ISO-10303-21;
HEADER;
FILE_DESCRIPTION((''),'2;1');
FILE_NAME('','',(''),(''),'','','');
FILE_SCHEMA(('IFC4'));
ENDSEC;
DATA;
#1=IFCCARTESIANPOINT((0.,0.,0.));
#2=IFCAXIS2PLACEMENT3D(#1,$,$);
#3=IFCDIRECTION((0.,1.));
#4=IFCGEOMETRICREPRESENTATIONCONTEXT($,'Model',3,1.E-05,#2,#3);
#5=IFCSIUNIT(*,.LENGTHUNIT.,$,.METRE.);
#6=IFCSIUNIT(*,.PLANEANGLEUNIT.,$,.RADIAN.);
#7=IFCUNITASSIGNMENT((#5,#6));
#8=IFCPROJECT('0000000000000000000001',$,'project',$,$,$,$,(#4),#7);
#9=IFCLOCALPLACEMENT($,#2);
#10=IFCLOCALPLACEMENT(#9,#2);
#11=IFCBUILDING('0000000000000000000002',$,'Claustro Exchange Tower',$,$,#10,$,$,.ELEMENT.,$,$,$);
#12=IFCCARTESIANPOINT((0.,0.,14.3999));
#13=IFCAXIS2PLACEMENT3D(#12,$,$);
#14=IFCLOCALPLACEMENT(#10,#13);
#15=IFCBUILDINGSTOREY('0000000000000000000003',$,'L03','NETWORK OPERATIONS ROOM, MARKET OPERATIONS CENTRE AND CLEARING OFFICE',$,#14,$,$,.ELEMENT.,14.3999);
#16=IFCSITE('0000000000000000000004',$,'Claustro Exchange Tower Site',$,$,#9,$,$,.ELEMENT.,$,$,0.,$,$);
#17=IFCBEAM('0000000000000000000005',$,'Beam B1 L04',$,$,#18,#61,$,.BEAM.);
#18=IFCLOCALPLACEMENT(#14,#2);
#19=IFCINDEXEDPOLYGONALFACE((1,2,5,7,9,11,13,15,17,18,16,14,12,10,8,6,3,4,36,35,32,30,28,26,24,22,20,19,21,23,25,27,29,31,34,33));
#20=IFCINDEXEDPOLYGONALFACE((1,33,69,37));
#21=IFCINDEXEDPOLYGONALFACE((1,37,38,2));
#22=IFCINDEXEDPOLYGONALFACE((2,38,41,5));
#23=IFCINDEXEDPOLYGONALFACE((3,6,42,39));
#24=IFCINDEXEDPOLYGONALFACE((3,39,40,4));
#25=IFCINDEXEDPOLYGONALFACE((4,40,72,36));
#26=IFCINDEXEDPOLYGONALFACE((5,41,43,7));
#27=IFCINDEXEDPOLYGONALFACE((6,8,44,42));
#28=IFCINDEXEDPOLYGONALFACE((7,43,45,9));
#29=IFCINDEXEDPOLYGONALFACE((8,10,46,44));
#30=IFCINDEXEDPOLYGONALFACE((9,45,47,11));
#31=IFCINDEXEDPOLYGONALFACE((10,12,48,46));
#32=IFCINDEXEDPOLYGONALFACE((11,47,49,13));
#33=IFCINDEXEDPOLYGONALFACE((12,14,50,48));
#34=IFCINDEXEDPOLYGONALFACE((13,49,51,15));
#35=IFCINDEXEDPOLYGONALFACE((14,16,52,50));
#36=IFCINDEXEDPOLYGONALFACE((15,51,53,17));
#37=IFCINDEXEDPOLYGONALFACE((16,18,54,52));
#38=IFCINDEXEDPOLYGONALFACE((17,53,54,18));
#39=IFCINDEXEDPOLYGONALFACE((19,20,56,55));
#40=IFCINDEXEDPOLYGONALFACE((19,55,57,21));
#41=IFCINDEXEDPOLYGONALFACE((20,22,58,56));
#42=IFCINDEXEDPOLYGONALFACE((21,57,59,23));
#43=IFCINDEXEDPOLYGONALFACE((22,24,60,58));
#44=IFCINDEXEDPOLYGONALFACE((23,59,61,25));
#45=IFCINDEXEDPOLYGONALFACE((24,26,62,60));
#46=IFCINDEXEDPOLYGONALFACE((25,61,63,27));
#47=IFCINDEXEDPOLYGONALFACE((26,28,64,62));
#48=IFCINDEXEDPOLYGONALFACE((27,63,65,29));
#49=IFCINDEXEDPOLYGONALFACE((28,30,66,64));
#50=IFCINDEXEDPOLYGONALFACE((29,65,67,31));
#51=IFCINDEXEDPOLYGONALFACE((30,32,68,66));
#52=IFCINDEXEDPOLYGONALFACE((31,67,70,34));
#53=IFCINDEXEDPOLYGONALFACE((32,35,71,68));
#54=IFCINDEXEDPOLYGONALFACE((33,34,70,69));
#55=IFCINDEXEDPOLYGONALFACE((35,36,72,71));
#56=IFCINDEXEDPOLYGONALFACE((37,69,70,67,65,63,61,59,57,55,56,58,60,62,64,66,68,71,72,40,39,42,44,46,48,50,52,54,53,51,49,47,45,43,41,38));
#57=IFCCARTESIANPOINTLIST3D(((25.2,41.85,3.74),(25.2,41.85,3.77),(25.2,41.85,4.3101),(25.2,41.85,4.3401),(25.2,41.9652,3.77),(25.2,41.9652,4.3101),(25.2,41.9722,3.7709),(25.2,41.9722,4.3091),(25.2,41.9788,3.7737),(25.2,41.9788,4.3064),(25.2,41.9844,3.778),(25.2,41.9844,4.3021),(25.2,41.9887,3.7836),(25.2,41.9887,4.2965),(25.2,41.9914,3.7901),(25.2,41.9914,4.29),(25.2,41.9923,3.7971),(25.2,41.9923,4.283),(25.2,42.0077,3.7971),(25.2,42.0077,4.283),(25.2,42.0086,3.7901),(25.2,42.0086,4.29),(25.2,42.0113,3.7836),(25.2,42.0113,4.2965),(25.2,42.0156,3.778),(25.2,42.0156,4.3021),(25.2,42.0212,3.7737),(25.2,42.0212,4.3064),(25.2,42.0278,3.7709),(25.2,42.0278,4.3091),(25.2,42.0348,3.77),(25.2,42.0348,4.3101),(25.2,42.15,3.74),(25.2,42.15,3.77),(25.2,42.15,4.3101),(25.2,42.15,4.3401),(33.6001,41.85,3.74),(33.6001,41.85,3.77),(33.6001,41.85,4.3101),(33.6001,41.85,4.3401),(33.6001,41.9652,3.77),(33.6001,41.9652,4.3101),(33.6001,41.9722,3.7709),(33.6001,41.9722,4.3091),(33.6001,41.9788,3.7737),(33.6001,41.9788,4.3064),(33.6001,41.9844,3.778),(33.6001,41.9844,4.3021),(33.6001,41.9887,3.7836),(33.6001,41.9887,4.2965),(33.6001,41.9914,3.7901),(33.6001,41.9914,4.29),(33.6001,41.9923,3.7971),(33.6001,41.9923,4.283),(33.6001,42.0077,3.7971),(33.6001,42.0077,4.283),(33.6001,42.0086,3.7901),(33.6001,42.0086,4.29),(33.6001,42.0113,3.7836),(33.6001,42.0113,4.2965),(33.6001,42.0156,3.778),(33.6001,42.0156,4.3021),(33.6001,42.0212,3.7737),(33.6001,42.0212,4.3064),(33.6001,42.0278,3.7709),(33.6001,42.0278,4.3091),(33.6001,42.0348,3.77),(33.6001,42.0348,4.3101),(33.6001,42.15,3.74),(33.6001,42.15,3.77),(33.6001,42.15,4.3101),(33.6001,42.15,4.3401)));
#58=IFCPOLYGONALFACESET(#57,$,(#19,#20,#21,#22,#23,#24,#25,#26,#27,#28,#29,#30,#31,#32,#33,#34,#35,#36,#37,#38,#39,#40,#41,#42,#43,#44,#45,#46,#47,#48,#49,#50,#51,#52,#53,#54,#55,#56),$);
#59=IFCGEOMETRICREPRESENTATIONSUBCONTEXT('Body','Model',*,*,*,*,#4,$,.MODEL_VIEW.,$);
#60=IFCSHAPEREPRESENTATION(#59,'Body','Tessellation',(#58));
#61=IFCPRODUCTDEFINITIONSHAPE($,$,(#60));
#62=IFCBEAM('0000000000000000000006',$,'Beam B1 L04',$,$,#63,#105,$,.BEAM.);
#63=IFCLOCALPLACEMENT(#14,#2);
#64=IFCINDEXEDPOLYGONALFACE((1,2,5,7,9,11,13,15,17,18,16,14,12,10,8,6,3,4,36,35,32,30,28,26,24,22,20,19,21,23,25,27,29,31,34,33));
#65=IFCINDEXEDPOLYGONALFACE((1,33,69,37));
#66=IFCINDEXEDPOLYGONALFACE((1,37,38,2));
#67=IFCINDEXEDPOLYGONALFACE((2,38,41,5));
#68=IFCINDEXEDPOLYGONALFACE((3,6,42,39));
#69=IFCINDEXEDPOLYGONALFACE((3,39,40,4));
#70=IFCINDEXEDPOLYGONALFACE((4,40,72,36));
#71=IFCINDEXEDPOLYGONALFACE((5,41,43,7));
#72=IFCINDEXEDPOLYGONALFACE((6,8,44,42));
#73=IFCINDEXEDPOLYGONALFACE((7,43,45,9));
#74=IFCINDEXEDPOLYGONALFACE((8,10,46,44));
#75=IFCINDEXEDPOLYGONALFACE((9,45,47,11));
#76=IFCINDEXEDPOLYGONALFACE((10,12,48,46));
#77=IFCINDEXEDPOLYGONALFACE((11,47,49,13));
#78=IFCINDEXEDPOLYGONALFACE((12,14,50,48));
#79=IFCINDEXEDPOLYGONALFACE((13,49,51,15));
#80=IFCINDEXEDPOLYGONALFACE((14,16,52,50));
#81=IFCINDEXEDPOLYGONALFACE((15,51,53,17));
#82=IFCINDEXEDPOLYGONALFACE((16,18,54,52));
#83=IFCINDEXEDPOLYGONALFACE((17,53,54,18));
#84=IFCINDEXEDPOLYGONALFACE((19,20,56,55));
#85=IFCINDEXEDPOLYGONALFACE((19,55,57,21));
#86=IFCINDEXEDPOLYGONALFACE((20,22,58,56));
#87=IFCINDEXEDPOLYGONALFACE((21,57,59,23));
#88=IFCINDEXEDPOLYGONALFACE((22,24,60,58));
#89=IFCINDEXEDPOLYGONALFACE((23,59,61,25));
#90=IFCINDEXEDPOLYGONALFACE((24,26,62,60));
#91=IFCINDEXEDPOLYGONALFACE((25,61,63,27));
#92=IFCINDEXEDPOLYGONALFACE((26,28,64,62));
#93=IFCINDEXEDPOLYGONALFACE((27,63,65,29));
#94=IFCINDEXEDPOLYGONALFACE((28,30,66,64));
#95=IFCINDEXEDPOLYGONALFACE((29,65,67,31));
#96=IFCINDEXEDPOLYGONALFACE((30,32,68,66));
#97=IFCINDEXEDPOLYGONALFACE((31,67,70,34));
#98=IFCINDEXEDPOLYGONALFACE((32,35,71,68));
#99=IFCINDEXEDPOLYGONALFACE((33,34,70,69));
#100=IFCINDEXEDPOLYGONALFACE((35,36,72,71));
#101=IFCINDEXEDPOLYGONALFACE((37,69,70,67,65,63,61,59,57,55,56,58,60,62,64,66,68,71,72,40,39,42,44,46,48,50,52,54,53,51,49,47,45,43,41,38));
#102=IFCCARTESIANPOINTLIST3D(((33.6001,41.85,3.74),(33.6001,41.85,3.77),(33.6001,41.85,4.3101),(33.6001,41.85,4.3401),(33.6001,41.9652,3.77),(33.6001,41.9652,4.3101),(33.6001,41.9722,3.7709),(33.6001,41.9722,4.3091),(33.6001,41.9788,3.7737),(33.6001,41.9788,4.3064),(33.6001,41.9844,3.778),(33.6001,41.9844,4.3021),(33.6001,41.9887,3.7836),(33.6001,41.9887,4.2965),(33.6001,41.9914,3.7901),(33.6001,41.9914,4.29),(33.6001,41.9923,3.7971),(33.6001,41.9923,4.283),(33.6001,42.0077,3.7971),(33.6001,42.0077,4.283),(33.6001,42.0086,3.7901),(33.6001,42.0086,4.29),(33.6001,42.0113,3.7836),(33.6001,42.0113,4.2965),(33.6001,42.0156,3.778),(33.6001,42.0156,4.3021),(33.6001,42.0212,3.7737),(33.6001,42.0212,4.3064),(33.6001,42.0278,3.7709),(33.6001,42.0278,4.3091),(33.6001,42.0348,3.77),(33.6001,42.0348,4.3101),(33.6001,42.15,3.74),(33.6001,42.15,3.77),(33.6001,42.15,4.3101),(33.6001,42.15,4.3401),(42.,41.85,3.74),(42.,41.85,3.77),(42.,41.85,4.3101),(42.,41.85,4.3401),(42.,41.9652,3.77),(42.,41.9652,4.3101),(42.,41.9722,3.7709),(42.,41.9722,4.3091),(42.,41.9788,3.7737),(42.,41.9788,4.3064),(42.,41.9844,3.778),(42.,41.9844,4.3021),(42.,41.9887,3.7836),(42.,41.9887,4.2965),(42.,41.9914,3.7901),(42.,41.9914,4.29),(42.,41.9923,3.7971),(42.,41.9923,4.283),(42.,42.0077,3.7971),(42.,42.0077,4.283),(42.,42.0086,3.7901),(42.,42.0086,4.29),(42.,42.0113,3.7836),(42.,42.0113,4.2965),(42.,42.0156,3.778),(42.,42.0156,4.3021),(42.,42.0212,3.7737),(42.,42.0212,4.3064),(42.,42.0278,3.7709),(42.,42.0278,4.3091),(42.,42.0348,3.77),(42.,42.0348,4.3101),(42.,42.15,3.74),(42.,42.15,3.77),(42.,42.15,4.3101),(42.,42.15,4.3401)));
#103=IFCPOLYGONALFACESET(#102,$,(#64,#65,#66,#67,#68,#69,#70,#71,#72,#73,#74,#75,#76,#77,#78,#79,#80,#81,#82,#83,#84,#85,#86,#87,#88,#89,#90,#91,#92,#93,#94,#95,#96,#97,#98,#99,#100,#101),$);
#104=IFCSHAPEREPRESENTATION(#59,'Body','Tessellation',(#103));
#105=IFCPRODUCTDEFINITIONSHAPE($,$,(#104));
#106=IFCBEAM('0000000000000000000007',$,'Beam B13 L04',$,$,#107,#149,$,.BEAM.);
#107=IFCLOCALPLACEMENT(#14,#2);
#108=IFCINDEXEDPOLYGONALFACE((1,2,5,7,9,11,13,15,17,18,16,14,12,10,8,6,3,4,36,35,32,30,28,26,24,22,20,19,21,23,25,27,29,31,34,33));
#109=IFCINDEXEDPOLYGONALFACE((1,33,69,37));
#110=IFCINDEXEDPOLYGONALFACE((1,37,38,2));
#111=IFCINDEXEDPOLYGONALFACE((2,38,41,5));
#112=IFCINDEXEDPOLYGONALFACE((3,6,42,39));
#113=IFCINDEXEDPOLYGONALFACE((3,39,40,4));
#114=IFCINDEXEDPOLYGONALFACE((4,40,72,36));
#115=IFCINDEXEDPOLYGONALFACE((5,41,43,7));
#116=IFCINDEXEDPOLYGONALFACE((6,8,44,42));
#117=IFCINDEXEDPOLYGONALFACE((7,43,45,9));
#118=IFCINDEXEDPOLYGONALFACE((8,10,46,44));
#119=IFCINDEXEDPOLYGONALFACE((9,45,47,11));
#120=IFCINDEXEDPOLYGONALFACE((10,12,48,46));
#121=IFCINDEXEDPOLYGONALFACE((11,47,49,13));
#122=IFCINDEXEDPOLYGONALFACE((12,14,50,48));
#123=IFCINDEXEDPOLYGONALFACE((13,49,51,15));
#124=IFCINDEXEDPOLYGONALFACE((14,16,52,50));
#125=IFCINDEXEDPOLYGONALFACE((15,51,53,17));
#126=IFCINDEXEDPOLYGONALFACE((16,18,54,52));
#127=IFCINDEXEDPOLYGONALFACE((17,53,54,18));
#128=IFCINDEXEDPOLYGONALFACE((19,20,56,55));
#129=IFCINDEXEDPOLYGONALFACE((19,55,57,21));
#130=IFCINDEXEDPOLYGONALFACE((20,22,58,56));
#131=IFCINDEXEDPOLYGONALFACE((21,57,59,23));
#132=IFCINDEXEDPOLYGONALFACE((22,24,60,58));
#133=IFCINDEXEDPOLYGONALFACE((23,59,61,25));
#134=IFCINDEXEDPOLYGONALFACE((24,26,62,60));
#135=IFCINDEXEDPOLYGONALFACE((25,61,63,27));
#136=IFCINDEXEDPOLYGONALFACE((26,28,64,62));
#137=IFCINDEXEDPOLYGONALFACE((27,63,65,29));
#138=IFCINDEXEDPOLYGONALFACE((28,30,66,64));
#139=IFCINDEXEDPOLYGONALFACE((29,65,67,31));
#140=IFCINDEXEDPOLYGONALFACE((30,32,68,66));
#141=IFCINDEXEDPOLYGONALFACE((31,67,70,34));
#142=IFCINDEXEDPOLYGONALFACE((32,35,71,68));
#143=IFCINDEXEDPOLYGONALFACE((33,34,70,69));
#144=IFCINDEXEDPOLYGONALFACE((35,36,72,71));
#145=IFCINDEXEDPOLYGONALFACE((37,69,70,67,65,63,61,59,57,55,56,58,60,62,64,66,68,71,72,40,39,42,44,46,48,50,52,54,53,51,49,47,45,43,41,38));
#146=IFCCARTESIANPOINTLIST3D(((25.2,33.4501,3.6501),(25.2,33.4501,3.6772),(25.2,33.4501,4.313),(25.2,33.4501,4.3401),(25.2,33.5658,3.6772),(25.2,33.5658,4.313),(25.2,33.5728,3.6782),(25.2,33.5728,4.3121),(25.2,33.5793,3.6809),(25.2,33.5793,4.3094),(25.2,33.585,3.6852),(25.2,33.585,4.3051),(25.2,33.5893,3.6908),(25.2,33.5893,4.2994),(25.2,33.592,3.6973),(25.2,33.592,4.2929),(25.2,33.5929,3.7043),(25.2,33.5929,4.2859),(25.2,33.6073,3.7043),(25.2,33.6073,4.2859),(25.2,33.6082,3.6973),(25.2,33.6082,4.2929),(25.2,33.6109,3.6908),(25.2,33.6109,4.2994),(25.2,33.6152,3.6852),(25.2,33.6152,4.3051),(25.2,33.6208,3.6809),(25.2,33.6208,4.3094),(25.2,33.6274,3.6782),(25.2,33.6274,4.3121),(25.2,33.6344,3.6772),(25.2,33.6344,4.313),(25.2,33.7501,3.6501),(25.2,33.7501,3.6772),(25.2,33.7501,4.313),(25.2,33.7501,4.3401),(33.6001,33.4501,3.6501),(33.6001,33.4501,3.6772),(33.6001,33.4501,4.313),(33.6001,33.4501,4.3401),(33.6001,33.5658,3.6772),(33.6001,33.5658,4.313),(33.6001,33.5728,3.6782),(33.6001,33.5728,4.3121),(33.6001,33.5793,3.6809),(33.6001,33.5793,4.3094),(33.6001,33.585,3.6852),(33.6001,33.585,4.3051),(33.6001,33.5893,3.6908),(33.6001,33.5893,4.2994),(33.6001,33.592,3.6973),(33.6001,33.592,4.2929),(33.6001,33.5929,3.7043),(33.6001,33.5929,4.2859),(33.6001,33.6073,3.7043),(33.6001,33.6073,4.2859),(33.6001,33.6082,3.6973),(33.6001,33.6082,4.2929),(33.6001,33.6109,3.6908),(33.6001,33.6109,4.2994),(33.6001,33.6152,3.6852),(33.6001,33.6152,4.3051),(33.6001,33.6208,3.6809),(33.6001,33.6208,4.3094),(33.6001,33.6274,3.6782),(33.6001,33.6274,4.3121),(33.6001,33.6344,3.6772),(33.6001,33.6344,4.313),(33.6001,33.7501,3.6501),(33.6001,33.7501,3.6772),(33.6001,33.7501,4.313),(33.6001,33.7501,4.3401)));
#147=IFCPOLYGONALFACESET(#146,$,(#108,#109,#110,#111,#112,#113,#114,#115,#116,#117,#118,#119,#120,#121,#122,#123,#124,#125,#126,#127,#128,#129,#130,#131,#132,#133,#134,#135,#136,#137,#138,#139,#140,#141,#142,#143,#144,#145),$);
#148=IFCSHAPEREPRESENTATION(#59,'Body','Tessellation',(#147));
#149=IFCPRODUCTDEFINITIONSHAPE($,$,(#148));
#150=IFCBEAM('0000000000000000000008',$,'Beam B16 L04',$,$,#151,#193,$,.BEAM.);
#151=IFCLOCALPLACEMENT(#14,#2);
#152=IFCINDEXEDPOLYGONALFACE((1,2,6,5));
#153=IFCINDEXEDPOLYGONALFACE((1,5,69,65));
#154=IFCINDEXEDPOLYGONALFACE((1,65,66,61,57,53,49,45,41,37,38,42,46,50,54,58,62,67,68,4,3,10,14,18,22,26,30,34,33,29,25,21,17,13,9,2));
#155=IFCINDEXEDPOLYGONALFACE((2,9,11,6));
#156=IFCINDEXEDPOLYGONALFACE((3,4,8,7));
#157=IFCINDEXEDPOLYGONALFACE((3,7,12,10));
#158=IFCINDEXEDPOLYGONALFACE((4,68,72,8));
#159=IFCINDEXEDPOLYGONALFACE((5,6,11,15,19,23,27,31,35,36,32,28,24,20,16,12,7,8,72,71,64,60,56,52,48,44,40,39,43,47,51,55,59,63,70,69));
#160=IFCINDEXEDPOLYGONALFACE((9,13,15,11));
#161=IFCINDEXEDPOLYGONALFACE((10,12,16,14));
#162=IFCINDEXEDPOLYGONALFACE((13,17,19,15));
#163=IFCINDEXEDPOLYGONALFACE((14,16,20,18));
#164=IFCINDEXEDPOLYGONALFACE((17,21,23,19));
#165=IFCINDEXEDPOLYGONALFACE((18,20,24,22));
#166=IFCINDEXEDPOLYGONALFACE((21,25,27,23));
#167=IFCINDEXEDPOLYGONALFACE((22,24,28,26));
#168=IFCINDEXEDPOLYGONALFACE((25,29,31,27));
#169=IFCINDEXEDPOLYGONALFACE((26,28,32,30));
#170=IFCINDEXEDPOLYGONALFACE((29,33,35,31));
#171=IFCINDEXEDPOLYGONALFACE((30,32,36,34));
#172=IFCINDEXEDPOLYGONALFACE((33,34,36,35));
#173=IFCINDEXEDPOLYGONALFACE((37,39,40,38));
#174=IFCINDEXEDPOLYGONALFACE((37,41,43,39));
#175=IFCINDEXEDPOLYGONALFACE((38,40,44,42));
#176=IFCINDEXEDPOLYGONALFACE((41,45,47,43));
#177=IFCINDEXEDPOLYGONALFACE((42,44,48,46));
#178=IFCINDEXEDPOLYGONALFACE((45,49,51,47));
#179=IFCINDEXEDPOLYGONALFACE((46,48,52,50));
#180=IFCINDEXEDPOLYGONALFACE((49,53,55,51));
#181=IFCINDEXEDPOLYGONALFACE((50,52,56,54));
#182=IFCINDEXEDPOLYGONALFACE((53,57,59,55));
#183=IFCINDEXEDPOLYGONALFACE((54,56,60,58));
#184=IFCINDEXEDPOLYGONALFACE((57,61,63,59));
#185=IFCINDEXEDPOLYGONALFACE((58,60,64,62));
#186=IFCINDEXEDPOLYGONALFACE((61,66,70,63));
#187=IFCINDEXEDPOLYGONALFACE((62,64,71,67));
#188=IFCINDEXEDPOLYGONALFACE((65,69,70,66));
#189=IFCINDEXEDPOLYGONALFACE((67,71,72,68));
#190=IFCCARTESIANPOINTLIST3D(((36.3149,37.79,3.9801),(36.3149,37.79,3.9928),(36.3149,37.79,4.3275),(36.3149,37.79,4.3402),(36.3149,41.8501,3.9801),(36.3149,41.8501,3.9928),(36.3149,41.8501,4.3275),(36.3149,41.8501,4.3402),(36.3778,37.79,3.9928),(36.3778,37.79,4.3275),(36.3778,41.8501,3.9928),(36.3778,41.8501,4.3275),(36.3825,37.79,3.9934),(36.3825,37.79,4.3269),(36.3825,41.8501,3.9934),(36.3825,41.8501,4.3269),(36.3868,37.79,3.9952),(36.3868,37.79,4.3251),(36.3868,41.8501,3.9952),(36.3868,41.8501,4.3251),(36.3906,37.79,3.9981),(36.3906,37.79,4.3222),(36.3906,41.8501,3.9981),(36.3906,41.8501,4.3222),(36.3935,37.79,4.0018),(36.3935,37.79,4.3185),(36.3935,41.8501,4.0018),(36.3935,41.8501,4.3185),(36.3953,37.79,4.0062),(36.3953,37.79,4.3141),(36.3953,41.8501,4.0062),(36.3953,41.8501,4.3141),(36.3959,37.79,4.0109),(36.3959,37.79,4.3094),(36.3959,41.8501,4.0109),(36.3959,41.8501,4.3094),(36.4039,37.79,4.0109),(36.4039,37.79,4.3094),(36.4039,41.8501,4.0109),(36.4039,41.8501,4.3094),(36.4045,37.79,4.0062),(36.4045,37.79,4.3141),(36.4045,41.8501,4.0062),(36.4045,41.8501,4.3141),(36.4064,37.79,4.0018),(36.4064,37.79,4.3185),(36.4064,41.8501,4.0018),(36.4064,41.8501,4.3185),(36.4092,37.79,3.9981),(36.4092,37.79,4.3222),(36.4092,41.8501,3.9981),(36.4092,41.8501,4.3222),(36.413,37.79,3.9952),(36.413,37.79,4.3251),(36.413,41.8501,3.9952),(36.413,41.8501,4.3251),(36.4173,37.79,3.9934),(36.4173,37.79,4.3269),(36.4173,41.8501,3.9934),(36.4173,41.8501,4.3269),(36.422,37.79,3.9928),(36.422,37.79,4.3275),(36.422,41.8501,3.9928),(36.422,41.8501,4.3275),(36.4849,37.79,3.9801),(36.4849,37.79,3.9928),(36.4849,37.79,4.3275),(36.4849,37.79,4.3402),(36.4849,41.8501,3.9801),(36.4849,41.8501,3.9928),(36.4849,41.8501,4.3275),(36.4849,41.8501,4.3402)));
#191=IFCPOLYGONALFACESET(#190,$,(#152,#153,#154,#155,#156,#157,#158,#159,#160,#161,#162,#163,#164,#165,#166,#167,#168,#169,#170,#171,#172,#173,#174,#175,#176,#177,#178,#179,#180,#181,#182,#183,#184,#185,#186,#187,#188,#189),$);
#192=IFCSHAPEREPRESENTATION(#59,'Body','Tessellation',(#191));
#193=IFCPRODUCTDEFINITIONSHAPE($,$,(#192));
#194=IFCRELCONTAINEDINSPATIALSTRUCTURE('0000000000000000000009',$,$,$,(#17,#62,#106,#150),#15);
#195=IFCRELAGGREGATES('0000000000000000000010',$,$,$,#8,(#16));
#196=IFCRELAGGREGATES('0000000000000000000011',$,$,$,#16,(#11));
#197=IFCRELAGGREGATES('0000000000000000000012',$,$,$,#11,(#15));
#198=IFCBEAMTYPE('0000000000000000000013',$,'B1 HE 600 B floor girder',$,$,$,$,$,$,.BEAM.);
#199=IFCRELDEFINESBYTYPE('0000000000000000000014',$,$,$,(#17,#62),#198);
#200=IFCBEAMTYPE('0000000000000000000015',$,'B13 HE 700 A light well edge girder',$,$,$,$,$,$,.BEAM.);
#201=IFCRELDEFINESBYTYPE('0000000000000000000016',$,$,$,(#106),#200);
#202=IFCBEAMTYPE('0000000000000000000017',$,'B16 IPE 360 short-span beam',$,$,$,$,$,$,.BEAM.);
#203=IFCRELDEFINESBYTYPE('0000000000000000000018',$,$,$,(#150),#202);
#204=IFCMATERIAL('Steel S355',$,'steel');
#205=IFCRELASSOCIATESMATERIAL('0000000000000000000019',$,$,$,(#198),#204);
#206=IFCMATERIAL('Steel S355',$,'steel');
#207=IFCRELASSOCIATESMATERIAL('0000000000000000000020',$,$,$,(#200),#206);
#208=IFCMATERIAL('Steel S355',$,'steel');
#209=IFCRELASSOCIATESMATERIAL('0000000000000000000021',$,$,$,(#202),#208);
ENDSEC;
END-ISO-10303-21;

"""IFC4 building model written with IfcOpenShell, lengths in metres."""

from ifc_helpers import new_model, si_unit, direction, frame, origin, origin_2d, place, context, subcontext, project, spatial, i_section, extrude, material, material_profile, profile_set, type_object, element, save


model = new_model("IFC4")

# Units and contexts
model_context = context("Model", 3, precision=1e-05, world=origin(), true_north=direction((0.0, 1.0)))
body_context = subcontext(model_context, "Body", "Model", "MODEL_VIEW")
ifc_project = project(units=[si_unit("LENGTHUNIT", "METRE"), si_unit("PLANEANGLEUNIT", "RADIAN")], contexts=[model_context])

# Site, building, storey
site_placement = place(None, origin())
site = spatial("IfcSite", under=ifc_project, at=site_placement, Name="Claustro Exchange Tower Site", CompositionType="ELEMENT", RefElevation=0.0)
building_placement = place(site_placement, origin())
building = spatial("IfcBuilding", under=site, at=building_placement, Name="Claustro Exchange Tower", CompositionType="ELEMENT")
storey_placement = place(building_placement, frame((0.0, 0.0, 14.3999)))
storey = spatial("IfcBuildingStorey", under=building, at=storey_placement, Name="L03", Description="NETWORK OPERATIONS ROOM, MARKET OPERATIONS CENTRE AND CLEARING OFFICE", CompositionType="ELEMENT", Elevation=14.3999)

# Beams
ifc_material_1 = material(Name="Steel S355", Category="steel")
ifc_material_profile_1 = material_profile(ifc_material_1, i_section(OverallWidth=0.3, OverallDepth=0.6001, WebThickness=0.0154, FlangeThickness=0.03, FilletRadius=0.0271, at=origin_2d()), Name="HE 600 B")
ifc_profile_set_1 = profile_set([ifc_material_profile_1], Name="Steel S355")
beam_type_1 = type_object("IfcBeamType", Name="B1 HE 600 B floor girder", PredefinedType="BEAM", material=ifc_profile_set_1)
beam_1_placement = place(storey_placement, frame((25.2, 42.0, 4.04), z_axis=(1.0, 0.0, 0.0), x_axis=(0.0, 1.0, 0.0)))
element("IfcBeam", 1, at=beam_1_placement, inside=storey, type_object=beam_type_1, Name="Beam B1 L04", PredefinedType="BEAM", context=body_context, shape_type="SweptSolid", body=[
    extrude(i_section(OverallWidth=0.3, OverallDepth=0.6001, WebThickness=0.0154, FlangeThickness=0.03, FilletRadius=0.0271, at=origin_2d()), origin(), (0.0, 0.0, 1.0), 8.4001),
])
beam_2_placement = place(storey_placement, frame((33.6001, 42.0, 4.04), z_axis=(1.0, 0.0, 0.0), x_axis=(0.0, 1.0, 0.0)))
element("IfcBeam", 2, at=beam_2_placement, inside=storey, type_object=beam_type_1, Name="Beam B1 L04", PredefinedType="BEAM", context=body_context, shape_type="SweptSolid", body=[
    extrude(i_section(OverallWidth=0.3, OverallDepth=0.6001, WebThickness=0.0154, FlangeThickness=0.03, FilletRadius=0.0271, at=origin_2d()), origin(), (0.0, 0.0, 1.0), 8.3999),
])
ifc_material_2 = material(Name="Steel S355", Category="steel")
ifc_material_profile_2 = material_profile(ifc_material_2, i_section(OverallWidth=0.3, OverallDepth=0.6899, WebThickness=0.0144, FlangeThickness=0.0271, FilletRadius=0.0271, at=origin_2d()), Name="HE 700 A")
ifc_profile_set_2 = profile_set([ifc_material_profile_2], Name="Steel S355")
beam_type_2 = type_object("IfcBeamType", Name="B13 HE 700 A light well edge girder", PredefinedType="BEAM", material=ifc_profile_set_2)
beam_3_placement = place(storey_placement, frame((25.2, 33.6001, 3.9951), z_axis=(1.0, 0.0, 0.0), x_axis=(0.0, 1.0, 0.0)))
element("IfcBeam", 3, at=beam_3_placement, inside=storey, type_object=beam_type_2, Name="Beam B13 L04", PredefinedType="BEAM", context=body_context, shape_type="SweptSolid", body=[
    extrude(i_section(OverallWidth=0.3, OverallDepth=0.6899, WebThickness=0.0144, FlangeThickness=0.0271, FilletRadius=0.0271, at=origin_2d()), origin(), (0.0, 0.0, 1.0), 8.4001),
])
ifc_material_3 = material(Name="Steel S355", Category="steel")
ifc_material_profile_3 = material_profile(ifc_material_3, i_section(OverallWidth=0.1699, OverallDepth=0.3601, WebThickness=0.0081, FlangeThickness=0.0127, FilletRadius=0.0181, at=origin_2d()), Name="IPE 360")
ifc_profile_set_3 = profile_set([ifc_material_profile_3], Name="Steel S355")
beam_type_3 = type_object("IfcBeamType", Name="B16 IPE 360 short-span beam", PredefinedType="BEAM", material=ifc_profile_set_3)
for number, where, z_axis, x_axis, name in (
    (4, (36.3999, 37.79, 4.1602), (0.0, 1.0, 0.0), (-1.0, 0.0, 0.0), "Beam B16 L04"),
):
    element("IfcBeam", number, at=place(storey_placement, frame(where, z_axis=z_axis, x_axis=x_axis)), inside=storey, type_object=beam_type_3, Name=name, PredefinedType="BEAM", context=body_context, shape_type="SweptSolid", body=[
        extrude(i_section(OverallWidth=0.1699, OverallDepth=0.3601, WebThickness=0.0081, FlangeThickness=0.0127, FilletRadius=0.0181, at=origin_2d()), origin(), (0.0, 0.0, 1.0), 4.0601),
    ])

save(model, "model.ifc")
